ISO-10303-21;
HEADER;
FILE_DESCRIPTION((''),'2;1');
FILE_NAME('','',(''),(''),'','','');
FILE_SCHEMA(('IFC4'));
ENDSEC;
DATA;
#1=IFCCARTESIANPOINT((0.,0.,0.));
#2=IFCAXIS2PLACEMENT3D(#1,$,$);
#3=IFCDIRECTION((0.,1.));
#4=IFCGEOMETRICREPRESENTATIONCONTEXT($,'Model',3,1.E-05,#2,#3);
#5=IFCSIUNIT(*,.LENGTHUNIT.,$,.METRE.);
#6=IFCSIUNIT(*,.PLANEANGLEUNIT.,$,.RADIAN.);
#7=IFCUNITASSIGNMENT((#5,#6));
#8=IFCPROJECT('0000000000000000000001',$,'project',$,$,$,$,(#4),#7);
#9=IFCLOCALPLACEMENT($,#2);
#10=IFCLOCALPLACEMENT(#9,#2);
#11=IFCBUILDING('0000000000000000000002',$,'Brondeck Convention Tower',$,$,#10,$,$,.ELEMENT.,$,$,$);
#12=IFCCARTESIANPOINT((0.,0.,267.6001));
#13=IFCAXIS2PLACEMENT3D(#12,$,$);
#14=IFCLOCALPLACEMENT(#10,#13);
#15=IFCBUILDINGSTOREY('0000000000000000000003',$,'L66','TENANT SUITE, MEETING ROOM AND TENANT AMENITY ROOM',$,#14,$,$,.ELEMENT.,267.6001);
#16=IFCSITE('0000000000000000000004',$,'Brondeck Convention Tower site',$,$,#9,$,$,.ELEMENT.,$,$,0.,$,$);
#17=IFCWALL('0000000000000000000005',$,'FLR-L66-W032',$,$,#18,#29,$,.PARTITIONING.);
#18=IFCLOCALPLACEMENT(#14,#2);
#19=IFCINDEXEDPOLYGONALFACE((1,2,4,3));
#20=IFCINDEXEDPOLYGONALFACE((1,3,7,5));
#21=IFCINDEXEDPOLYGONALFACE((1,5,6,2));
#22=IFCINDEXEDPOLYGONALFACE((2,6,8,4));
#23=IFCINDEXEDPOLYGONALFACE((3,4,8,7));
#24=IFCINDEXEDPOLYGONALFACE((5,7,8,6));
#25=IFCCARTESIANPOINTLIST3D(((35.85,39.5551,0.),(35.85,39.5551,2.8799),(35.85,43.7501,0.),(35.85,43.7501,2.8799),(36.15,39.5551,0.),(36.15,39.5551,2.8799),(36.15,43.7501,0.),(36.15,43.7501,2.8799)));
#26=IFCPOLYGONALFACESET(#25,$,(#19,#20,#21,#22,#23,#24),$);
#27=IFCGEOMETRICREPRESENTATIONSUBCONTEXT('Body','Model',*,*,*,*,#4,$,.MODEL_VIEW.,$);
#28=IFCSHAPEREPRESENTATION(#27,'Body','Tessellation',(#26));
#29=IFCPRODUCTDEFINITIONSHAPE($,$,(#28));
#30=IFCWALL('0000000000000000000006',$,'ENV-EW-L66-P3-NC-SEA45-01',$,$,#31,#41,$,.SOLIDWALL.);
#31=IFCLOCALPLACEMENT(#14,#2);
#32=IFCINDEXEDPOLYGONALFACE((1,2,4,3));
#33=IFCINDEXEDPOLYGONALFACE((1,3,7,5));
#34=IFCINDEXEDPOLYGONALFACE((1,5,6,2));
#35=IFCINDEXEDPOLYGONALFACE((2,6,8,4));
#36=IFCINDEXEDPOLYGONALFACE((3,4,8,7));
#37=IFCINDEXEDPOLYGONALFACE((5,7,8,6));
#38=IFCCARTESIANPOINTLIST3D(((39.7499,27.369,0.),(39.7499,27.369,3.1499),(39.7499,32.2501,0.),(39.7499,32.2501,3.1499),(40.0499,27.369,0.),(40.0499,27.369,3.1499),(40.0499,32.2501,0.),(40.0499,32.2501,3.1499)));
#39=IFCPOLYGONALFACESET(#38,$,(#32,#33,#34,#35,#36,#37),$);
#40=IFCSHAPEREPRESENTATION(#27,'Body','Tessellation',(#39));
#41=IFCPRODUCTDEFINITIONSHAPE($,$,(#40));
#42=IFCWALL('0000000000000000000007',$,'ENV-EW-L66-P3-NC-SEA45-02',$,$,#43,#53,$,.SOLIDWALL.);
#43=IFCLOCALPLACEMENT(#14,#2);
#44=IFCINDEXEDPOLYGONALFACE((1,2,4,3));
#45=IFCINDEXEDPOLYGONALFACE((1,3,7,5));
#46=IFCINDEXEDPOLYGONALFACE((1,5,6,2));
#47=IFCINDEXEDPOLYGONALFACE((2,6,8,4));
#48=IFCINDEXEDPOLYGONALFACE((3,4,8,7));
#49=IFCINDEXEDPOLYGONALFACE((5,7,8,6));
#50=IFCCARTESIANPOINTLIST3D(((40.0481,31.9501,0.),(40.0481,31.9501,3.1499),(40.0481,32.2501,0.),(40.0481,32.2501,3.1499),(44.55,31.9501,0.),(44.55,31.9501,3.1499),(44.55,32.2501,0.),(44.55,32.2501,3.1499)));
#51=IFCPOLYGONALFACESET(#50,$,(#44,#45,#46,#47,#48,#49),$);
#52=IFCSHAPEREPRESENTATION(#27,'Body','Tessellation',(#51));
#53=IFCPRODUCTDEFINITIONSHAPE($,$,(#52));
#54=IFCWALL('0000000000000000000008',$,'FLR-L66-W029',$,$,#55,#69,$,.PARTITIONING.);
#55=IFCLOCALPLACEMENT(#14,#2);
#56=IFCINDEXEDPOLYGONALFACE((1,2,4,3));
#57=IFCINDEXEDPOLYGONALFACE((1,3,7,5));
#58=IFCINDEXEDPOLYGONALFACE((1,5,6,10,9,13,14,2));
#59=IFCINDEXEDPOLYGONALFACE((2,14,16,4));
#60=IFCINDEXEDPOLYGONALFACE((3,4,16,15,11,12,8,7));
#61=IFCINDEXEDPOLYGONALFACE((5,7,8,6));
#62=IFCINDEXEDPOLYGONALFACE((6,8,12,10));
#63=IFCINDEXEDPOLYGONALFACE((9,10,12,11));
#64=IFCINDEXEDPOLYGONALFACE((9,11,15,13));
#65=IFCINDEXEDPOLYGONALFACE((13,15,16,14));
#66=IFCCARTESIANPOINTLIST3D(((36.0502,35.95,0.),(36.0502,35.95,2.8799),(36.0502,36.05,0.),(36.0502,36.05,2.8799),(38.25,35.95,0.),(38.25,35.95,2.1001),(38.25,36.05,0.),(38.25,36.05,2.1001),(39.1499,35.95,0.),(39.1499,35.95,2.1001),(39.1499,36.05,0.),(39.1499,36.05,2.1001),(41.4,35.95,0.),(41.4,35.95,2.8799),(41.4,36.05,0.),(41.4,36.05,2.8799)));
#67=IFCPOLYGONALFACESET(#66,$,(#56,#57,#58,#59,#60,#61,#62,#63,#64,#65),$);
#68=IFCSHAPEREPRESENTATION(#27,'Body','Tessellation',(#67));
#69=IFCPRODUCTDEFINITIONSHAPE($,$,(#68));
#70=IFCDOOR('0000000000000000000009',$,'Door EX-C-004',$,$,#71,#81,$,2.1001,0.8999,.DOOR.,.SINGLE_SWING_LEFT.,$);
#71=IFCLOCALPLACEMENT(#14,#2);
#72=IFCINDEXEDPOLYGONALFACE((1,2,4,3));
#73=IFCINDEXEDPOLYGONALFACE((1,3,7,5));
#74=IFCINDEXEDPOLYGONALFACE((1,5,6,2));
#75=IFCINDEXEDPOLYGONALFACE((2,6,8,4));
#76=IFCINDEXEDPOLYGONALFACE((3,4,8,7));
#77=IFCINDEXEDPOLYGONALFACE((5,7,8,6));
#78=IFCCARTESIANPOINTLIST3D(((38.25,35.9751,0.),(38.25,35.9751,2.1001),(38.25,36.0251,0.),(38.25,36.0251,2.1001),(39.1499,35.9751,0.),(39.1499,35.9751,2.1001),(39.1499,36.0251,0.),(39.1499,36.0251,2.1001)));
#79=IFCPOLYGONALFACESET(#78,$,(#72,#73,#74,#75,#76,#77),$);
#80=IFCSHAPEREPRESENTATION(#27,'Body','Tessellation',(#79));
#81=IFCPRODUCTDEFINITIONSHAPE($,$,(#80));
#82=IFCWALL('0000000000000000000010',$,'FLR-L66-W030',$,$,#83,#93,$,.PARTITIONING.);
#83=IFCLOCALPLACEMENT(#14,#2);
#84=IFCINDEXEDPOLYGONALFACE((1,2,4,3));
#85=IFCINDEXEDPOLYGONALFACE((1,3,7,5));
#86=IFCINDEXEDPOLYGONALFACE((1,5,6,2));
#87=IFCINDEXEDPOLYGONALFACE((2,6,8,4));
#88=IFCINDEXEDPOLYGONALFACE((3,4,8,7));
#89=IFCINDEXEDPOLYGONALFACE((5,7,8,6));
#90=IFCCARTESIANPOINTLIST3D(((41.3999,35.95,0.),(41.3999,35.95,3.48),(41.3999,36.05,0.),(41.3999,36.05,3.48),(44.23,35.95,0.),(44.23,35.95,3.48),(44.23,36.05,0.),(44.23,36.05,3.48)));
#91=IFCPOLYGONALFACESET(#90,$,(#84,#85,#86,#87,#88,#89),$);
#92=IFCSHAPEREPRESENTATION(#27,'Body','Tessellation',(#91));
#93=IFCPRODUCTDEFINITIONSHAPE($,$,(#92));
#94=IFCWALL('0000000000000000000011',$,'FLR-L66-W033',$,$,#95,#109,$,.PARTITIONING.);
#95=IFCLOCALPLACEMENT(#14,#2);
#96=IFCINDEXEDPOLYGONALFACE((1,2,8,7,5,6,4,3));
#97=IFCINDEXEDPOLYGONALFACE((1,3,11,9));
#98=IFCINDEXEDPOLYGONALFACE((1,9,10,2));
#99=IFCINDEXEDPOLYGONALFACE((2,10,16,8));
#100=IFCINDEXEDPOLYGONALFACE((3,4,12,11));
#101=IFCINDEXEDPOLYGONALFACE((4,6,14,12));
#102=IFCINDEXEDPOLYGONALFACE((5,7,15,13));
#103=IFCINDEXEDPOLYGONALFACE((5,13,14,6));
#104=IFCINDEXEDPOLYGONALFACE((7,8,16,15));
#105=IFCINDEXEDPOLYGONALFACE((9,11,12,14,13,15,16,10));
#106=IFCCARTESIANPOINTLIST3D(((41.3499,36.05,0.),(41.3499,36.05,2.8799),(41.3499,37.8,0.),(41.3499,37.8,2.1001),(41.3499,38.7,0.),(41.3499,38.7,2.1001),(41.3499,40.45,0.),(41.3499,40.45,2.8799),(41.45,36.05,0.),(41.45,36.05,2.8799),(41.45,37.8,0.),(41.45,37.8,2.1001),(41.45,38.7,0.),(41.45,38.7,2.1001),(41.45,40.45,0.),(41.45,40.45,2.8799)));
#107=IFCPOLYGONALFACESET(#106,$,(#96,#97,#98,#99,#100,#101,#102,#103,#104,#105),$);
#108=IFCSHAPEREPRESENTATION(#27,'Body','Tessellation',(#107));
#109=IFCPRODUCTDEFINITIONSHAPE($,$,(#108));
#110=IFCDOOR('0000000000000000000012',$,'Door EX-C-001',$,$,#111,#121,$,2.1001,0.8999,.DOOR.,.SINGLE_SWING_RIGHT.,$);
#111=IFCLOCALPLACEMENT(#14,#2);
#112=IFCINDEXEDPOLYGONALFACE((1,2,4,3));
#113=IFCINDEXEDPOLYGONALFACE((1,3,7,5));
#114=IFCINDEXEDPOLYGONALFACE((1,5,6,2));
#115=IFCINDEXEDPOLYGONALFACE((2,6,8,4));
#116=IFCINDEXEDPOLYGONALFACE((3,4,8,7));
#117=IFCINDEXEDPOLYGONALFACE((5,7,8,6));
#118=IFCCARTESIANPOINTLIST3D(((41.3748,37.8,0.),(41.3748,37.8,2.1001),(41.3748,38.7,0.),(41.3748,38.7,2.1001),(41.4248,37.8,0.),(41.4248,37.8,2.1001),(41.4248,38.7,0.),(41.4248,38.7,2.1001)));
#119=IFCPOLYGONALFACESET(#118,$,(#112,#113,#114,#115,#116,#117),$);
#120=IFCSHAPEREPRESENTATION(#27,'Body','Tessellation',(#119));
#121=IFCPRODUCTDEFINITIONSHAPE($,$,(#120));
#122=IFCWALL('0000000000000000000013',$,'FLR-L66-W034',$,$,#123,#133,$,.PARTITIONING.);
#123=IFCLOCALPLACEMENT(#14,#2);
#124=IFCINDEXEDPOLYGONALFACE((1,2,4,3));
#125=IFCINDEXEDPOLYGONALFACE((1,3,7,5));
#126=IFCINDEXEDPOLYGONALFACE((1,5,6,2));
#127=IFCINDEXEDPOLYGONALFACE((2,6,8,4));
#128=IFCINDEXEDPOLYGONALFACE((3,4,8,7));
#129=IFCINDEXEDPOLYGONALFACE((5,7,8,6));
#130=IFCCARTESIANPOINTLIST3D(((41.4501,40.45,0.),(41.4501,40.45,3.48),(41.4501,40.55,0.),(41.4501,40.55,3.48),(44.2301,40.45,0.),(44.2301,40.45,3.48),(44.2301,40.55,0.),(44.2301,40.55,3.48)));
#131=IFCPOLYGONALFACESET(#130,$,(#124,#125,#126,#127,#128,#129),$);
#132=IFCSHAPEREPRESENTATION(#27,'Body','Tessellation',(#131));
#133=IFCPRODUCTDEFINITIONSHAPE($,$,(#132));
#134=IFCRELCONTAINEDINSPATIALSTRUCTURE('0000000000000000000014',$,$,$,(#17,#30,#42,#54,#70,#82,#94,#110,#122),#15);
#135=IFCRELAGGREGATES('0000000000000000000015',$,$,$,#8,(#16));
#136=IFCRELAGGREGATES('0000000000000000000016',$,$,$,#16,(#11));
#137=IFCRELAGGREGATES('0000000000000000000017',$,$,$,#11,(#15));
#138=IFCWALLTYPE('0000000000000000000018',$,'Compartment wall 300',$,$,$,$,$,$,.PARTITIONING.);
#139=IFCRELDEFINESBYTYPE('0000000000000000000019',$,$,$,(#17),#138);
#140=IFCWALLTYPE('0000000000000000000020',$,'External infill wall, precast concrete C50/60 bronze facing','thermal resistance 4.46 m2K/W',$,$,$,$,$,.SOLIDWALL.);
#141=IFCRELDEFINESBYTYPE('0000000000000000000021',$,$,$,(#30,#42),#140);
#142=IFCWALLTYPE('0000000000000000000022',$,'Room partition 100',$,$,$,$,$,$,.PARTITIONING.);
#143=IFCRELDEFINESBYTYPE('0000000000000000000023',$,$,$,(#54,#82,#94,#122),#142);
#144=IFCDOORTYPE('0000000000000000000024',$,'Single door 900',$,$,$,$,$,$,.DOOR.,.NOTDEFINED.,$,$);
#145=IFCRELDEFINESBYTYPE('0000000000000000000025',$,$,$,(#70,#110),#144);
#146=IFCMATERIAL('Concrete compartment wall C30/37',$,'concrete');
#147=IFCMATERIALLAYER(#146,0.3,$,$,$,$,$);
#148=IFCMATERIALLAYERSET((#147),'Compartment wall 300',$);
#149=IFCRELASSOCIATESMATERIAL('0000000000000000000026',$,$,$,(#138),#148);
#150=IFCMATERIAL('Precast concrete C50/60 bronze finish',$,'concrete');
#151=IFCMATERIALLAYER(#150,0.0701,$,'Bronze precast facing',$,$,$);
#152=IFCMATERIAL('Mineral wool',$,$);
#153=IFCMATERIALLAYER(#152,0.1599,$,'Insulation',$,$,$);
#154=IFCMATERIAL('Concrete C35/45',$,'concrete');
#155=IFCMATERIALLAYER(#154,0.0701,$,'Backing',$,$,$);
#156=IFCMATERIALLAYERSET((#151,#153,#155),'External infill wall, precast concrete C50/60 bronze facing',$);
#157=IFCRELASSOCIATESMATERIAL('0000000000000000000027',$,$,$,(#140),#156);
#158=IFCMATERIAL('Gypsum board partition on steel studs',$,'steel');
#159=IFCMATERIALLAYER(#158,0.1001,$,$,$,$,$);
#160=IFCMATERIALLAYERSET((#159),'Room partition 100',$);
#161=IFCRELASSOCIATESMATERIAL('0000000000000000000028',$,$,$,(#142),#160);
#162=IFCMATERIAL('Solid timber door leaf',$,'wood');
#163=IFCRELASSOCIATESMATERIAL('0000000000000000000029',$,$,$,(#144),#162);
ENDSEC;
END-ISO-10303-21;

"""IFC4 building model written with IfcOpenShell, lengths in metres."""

from ifc_helpers import new_model, si_unit, direction, frame, frame_2d, origin, place, context, subcontext, project, spatial, rectangle, extrude, material, layer, layer_set, type_object, element, fill, save


model = new_model("IFC4")

# Units and contexts
model_context = context("Model", 3, precision=1e-05, world=origin(), true_north=direction((0.0, 1.0)))
body_context = subcontext(model_context, "Body", "Model", "MODEL_VIEW")
ifc_project = project(units=[si_unit("LENGTHUNIT", "METRE"), si_unit("PLANEANGLEUNIT", "RADIAN")], contexts=[model_context])

# Site, building, storey
site_placement = place(None, origin())
site = spatial("IfcSite", under=ifc_project, at=site_placement, Name="Brondeck Convention Tower site", CompositionType="ELEMENT", RefElevation=0.0)
building_placement = place(site_placement, origin())
building = spatial("IfcBuilding", under=site, at=building_placement, Name="Brondeck Convention Tower", CompositionType="ELEMENT")
storey_placement = place(building_placement, frame((0.0, 0.0, 267.6001)))
storey = spatial("IfcBuildingStorey", under=building, at=storey_placement, Name="L66", Description="TENANT SUITE, MEETING ROOM AND TENANT AMENITY ROOM", CompositionType="ELEMENT", Elevation=267.6001)

# Walls
ifc_material_1 = material(Name="Concrete compartment wall C30/37", Category="concrete")
ifc_layer_1 = layer(ifc_material_1, 0.3)
ifc_layer_set_1 = layer_set([ifc_layer_1], Name="Compartment wall 300")
wall_type_1 = type_object("IfcWallType", Name="Compartment wall 300", PredefinedType="PARTITIONING", material=ifc_layer_set_1)
wall_1_placement = place(storey_placement, frame((36.0, 39.5549, 0.0), z_axis=(0.0, 0.0, 1.0), x_axis=(0.0, 1.0, 0.0)))
element("IfcWall", 1, at=wall_1_placement, inside=storey, type_object=wall_type_1, Name="FLR-L66-W032", PredefinedType="PARTITIONING", context=body_context, shape_type="SweptSolid", body=[
    extrude(rectangle(XDim=4.1951, YDim=0.3, at=frame_2d((2.0977, 0.0))), origin(), (0.0, 0.0, 1.0), 2.8799),
])
ifc_material_2 = material(Name="Precast concrete C50/60 bronze finish", Category="concrete")
ifc_layer_2 = layer(ifc_material_2, 0.0701, Name="Bronze precast facing")
ifc_material_3 = material(Name="Mineral wool")
ifc_layer_3 = layer(ifc_material_3, 0.1599, Name="Insulation")
ifc_material_4 = material(Name="Concrete C35/45", Category="concrete")
ifc_layer_4 = layer(ifc_material_4, 0.0701, Name="Backing")
ifc_layer_set_2 = layer_set([ifc_layer_2, ifc_layer_3, ifc_layer_4], Name="External infill wall, precast concrete C50/60 bronze facing")
wall_type_2 = type_object("IfcWallType", Name="External infill wall, precast concrete C50/60 bronze facing", Description="thermal resistance 4.46 m2K/W", PredefinedType="SOLIDWALL", material=ifc_layer_set_2)
wall_2_placement = place(storey_placement, frame((39.8999, 32.25, 0.0), z_axis=(0.0, 0.0, 1.0), x_axis=(0.0, -1.0, 0.0)))
element("IfcWall", 2, at=wall_2_placement, inside=storey, type_object=wall_type_2, Name="ENV-EW-L66-P3-NC-SEA45-01", PredefinedType="SOLIDWALL", context=body_context, shape_type="SweptSolid", body=[
    extrude(rectangle(XDim=4.8811, YDim=0.3, at=frame_2d((2.4404, 0.0))), origin(), (0.0, 0.0, 1.0), 3.1499),
])
wall_3_placement = place(storey_placement, frame((44.55, 32.1001, 0.0), z_axis=(0.0, 0.0, 1.0), x_axis=(-1.0, 0.0, 0.0)))
element("IfcWall", 3, at=wall_3_placement, inside=storey, type_object=wall_type_2, Name="ENV-EW-L66-P3-NC-SEA45-02", PredefinedType="SOLIDWALL", context=body_context, shape_type="SweptSolid", body=[
    extrude(rectangle(XDim=4.502, YDim=0.3, at=frame_2d((2.251, 0.0))), origin(), (0.0, 0.0, 1.0), 3.1499),
])

# Wall, opening, door
ifc_material_5 = material(Name="Gypsum board partition on steel studs", Category="steel")
ifc_layer_5 = layer(ifc_material_5, 0.1001)
ifc_layer_set_3 = layer_set([ifc_layer_5], Name="Room partition 100")
wall_type_3 = type_object("IfcWallType", Name="Room partition 100", PredefinedType="PARTITIONING", material=ifc_layer_set_3)
wall_4_placement = place(storey_placement, frame((41.3999, 36.0, 0.0), z_axis=(0.0, 0.0, 1.0), x_axis=(-1.0, 0.0, 0.0)))
wall_4 = element("IfcWall", 4, at=wall_4_placement, inside=storey, type_object=wall_type_3, Name="FLR-L66-W029", PredefinedType="PARTITIONING", context=body_context, shape_type="SweptSolid", body=[
    extrude(rectangle(XDim=5.3499, YDim=0.1001, at=frame_2d((2.6748, 0.0))), origin(), (0.0, 0.0, 1.0), 2.8799),
])
opening_1_placement = place(wall_4_placement, frame((2.25, 0.0, 0.0)))
opening_1 = element("IfcOpeningElement", 5, at=opening_1_placement, cuts=wall_4, PredefinedType="OPENING", context=body_context, shape_type="SweptSolid", body=[
    extrude(rectangle(XDim=0.8999, YDim=2.1001, at=frame_2d((0.45, 1.05))), frame((0.0, 0.0601, 0.0), z_axis=(0.0, -1.0, 0.0), x_axis=(1.0, 0.0, 0.0)), (0.0, 0.0, 1.0), 0.1201),
])
ifc_material_6 = material(Name="Solid timber door leaf", Category="wood")
door_type = type_object("IfcDoorType", Name="Single door 900", OperationType="NOTDEFINED", PredefinedType="DOOR", material=ifc_material_6)
door_1_placement = place(opening_1_placement, origin())
door_1 = element("IfcDoor", 6, at=door_1_placement, inside=storey, type_object=door_type, Name="Door EX-C-004", OperationType="SINGLE_SWING_LEFT", OverallHeight=2.1001, OverallWidth=0.8999, PredefinedType="DOOR", context=body_context, shape_type="SweptSolid", body=[
    extrude(rectangle(XDim=0.8999, YDim=2.1001, at=frame_2d((0.45, 1.05))), frame((0.0, 0.0249, 0.0), z_axis=(0.0, -1.0, 0.0), x_axis=(1.0, 0.0, 0.0)), (0.0, 0.0, 1.0), 0.05),
])
fill(opening_1, door_1)

# Wall
wall_5_placement = place(storey_placement, frame((44.23, 36.0, 0.0), z_axis=(0.0, 0.0, 1.0), x_axis=(-1.0, 0.0, 0.0)))
element("IfcWall", 7, at=wall_5_placement, inside=storey, type_object=wall_type_3, Name="FLR-L66-W030", PredefinedType="PARTITIONING", context=body_context, shape_type="SweptSolid", body=[
    extrude(rectangle(XDim=2.8301, YDim=0.1001, at=frame_2d((1.415, 0.0))), origin(), (0.0, 0.0, 1.0), 3.48),
])

# Wall, opening, door
wall_6_placement = place(storey_placement, frame((41.3999, 40.45, 0.0), z_axis=(0.0, 0.0, 1.0), x_axis=(0.0, -1.0, 0.0)))
wall_6 = element("IfcWall", 8, at=wall_6_placement, inside=storey, type_object=wall_type_3, Name="FLR-L66-W033", PredefinedType="PARTITIONING", context=body_context, shape_type="SweptSolid", body=[
    extrude(rectangle(XDim=4.3999, YDim=0.1001, at=frame_2d((2.2, 0.0))), origin(), (0.0, 0.0, 1.0), 2.8799),
])
opening_2_placement = place(wall_6_placement, frame((1.75, 0.0, 0.0)))
opening_2 = element("IfcOpeningElement", 9, at=opening_2_placement, cuts=wall_6, PredefinedType="OPENING", context=body_context, shape_type="SweptSolid", body=[
    extrude(rectangle(XDim=0.8999, YDim=2.1001, at=frame_2d((0.45, 1.05))), frame((0.0, 0.0601, 0.0), z_axis=(0.0, -1.0, 0.0), x_axis=(1.0, 0.0, 0.0)), (0.0, 0.0, 1.0), 0.1201),
])
door_2_placement = place(opening_2_placement, origin())
door_2 = element("IfcDoor", 10, at=door_2_placement, inside=storey, type_object=door_type, Name="Door EX-C-001", OperationType="SINGLE_SWING_RIGHT", OverallHeight=2.1001, OverallWidth=0.8999, PredefinedType="DOOR", context=body_context, shape_type="SweptSolid", body=[
    extrude(rectangle(XDim=0.8999, YDim=2.1001, at=frame_2d((0.45, 1.05))), frame((0.0, 0.0249, 0.0), z_axis=(0.0, -1.0, 0.0), x_axis=(1.0, 0.0, 0.0)), (0.0, 0.0, 1.0), 0.05),
])
fill(opening_2, door_2)

# Wall
wall_7_placement = place(storey_placement, frame((41.45, 40.5, 0.0), z_axis=(0.0, 0.0, 1.0), x_axis=(1.0, 0.0, 0.0)))
element("IfcWall", 11, at=wall_7_placement, inside=storey, type_object=wall_type_3, Name="FLR-L66-W034", PredefinedType="PARTITIONING", context=body_context, shape_type="SweptSolid", body=[
    extrude(rectangle(XDim=2.78, YDim=0.1001, at=frame_2d((1.3901, 0.0))), origin(), (0.0, 0.0, 1.0), 3.48),
])

save(model, "model.ifc")
